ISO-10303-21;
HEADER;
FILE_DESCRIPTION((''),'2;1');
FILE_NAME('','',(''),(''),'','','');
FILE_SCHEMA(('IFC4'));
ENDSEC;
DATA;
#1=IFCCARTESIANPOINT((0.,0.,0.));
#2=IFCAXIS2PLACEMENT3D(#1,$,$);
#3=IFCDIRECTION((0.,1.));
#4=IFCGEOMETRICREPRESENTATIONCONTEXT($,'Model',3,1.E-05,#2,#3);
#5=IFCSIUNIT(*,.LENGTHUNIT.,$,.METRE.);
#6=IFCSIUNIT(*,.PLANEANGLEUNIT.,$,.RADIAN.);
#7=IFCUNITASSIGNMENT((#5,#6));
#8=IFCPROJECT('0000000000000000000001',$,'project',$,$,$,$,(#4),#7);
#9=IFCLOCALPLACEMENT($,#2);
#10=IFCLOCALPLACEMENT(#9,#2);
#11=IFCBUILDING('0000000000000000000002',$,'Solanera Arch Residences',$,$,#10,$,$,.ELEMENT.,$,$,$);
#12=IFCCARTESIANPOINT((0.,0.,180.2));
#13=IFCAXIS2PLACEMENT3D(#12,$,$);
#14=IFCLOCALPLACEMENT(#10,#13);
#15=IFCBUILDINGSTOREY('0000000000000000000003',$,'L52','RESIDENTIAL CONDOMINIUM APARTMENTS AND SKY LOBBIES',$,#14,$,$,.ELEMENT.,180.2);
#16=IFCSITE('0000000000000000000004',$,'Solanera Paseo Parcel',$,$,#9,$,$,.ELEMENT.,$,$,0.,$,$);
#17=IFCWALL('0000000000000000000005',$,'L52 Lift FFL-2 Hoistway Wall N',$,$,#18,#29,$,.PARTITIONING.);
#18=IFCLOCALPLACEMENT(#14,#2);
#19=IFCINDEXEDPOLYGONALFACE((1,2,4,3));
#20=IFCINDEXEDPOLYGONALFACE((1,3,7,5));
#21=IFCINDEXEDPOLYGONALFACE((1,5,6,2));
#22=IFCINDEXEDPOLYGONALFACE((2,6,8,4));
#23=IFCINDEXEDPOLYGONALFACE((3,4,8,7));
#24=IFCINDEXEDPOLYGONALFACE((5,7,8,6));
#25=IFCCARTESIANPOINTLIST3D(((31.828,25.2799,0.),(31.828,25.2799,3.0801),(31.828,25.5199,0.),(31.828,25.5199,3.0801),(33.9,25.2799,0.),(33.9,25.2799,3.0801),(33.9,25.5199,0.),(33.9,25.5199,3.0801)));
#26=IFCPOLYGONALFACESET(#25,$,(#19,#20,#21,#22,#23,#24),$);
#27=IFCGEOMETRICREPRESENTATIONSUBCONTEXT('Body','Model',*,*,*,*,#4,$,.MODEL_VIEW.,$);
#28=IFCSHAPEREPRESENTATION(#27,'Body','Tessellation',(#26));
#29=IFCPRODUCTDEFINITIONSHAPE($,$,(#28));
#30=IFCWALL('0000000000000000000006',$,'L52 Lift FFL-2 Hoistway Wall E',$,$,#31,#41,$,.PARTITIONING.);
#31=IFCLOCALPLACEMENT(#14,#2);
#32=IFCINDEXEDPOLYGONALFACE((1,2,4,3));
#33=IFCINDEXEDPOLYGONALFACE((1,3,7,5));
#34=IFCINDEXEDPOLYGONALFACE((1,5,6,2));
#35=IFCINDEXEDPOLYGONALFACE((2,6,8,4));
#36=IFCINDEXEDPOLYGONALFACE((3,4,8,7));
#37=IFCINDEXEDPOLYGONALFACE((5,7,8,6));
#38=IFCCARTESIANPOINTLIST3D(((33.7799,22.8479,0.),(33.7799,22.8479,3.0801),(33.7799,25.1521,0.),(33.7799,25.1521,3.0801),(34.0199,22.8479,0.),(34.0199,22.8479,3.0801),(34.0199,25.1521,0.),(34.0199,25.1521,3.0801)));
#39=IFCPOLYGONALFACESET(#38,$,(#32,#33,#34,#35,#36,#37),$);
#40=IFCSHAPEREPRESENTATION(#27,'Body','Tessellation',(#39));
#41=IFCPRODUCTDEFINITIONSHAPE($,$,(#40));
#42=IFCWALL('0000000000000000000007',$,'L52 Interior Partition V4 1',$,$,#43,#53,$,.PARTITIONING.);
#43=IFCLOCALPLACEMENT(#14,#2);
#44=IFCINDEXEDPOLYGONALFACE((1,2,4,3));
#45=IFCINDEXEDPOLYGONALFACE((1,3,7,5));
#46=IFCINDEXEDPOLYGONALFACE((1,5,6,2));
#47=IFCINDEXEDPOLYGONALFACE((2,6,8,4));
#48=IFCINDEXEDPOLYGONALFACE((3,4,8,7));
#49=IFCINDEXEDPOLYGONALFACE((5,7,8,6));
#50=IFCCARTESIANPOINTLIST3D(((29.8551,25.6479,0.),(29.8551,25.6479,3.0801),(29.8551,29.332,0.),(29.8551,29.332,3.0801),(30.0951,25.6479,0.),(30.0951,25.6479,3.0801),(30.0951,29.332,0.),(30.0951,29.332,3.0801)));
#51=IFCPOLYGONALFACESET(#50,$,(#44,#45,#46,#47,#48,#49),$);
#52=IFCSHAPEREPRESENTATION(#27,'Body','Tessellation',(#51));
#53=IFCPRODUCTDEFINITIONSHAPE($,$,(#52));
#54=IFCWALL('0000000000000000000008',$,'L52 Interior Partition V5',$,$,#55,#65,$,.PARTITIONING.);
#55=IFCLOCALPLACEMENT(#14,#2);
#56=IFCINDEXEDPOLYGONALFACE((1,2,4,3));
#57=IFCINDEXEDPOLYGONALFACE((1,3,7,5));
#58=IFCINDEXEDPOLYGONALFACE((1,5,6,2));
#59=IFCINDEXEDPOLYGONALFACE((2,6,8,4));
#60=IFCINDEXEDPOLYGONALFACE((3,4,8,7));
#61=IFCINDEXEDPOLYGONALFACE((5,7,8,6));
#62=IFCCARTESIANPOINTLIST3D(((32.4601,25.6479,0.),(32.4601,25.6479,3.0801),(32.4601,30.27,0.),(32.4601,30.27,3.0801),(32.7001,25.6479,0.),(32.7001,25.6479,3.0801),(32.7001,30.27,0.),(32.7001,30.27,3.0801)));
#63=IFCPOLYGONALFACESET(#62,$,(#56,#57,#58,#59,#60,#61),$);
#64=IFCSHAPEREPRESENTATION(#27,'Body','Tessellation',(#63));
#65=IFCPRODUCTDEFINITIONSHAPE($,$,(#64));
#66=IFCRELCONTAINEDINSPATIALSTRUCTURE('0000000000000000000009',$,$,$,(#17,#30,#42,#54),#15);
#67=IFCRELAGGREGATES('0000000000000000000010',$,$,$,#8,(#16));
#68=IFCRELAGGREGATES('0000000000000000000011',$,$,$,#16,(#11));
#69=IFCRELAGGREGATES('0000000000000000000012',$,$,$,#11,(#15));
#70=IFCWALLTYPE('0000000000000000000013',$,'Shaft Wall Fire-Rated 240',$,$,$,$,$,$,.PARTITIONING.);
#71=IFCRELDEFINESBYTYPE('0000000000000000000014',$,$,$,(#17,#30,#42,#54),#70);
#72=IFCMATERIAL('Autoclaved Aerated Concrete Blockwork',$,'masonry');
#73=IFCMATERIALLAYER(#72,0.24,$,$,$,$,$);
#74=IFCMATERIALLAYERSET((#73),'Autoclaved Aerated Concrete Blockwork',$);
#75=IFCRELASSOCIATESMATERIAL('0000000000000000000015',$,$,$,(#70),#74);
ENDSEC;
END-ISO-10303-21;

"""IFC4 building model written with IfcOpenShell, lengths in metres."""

from ifc_helpers import new_model, si_unit, direction, frame, frame_2d, origin, place, context, subcontext, project, spatial, rectangle, extrude, material, layer, layer_set, type_object, element, save


model = new_model("IFC4")

# Units and contexts
model_context = context("Model", 3, precision=1e-05, world=origin(), true_north=direction((0.0, 1.0)))
body_context = subcontext(model_context, "Body", "Model", "MODEL_VIEW")
ifc_project = project(units=[si_unit("LENGTHUNIT", "METRE"), si_unit("PLANEANGLEUNIT", "RADIAN")], contexts=[model_context])

# Site, building, storey
site_placement = place(None, origin())
site = spatial("IfcSite", under=ifc_project, at=site_placement, Name="Solanera Paseo Parcel", CompositionType="ELEMENT", RefElevation=0.0)
building_placement = place(site_placement, origin())
building = spatial("IfcBuilding", under=site, at=building_placement, Name="Solanera Arch Residences", CompositionType="ELEMENT")
storey_placement = place(building_placement, frame((0.0, 0.0, 180.2)))
storey = spatial("IfcBuildingStorey", under=building, at=storey_placement, Name="L52", Description="RESIDENTIAL CONDOMINIUM APARTMENTS AND SKY LOBBIES", CompositionType="ELEMENT", Elevation=180.2)

# Walls
ifc_material_1 = material(Name="Autoclaved Aerated Concrete Blockwork", Category="masonry")
ifc_layer_1 = layer(ifc_material_1, 0.24)
ifc_layer_set_1 = layer_set([ifc_layer_1], Name="Autoclaved Aerated Concrete Blockwork")
wall_type_1 = type_object("IfcWallType", Name="Shaft Wall Fire-Rated 240", PredefinedType="PARTITIONING", material=ifc_layer_set_1)
for number, where, z_axis, x_axis, name in (
    (1, (31.8279, 25.3999, 0.0), (0.0, 0.0, 1.0), (1.0, 0.0, 0.0), "L52 Lift FFL-2 Hoistway Wall N"),
):
    element("IfcWall", number, at=place(storey_placement, frame(where, z_axis=z_axis, x_axis=x_axis)), inside=storey, type_object=wall_type_1, Name=name, PredefinedType="PARTITIONING", context=body_context, shape_type="SweptSolid", body=[
        extrude(rectangle(XDim=2.072, YDim=0.24, at=frame_2d((1.0361, 0.0))), origin(), (0.0, 0.0, 1.0), 3.0801),
    ])
wall_1_placement = place(storey_placement, frame((33.8999, 22.8479, 0.0), z_axis=(0.0, 0.0, 1.0), x_axis=(0.0, 1.0, 0.0)))
element("IfcWall", 2, at=wall_1_placement, inside=storey, type_object=wall_type_1, Name="L52 Lift FFL-2 Hoistway Wall E", PredefinedType="PARTITIONING", context=body_context, shape_type="SweptSolid", body=[
    extrude(rectangle(XDim=2.3042, YDim=0.24, at=frame_2d((1.1521, 0.0))), origin(), (0.0, 0.0, 1.0), 3.0801),
])
wall_2_placement = place(storey_placement, frame((29.9751, 25.6479, 0.0), z_axis=(0.0, 0.0, 1.0), x_axis=(0.0, 1.0, 0.0)))
element("IfcWall", 3, at=wall_2_placement, inside=storey, type_object=wall_type_1, Name="L52 Interior Partition V4 1", PredefinedType="PARTITIONING", context=body_context, shape_type="SweptSolid", body=[
    extrude(rectangle(XDim=3.6841, YDim=0.24, at=frame_2d((1.842, 0.0))), origin(), (0.0, 0.0, 1.0), 3.0801),
])

# Wall
wall_3_placement = place(storey_placement, frame((32.5801, 25.6479, 0.0), z_axis=(0.0, 0.0, 1.0), x_axis=(0.0, 1.0, 0.0)))
element("IfcWall", 4, at=wall_3_placement, inside=storey, type_object=wall_type_1, Name="L52 Interior Partition V5", PredefinedType="PARTITIONING", context=body_context, shape_type="SweptSolid", body=[
    extrude(rectangle(XDim=4.6221, YDim=0.24, at=frame_2d((2.311, 0.0))), origin(), (0.0, 0.0, 1.0), 3.0801),
])

save(model, "model.ifc")
